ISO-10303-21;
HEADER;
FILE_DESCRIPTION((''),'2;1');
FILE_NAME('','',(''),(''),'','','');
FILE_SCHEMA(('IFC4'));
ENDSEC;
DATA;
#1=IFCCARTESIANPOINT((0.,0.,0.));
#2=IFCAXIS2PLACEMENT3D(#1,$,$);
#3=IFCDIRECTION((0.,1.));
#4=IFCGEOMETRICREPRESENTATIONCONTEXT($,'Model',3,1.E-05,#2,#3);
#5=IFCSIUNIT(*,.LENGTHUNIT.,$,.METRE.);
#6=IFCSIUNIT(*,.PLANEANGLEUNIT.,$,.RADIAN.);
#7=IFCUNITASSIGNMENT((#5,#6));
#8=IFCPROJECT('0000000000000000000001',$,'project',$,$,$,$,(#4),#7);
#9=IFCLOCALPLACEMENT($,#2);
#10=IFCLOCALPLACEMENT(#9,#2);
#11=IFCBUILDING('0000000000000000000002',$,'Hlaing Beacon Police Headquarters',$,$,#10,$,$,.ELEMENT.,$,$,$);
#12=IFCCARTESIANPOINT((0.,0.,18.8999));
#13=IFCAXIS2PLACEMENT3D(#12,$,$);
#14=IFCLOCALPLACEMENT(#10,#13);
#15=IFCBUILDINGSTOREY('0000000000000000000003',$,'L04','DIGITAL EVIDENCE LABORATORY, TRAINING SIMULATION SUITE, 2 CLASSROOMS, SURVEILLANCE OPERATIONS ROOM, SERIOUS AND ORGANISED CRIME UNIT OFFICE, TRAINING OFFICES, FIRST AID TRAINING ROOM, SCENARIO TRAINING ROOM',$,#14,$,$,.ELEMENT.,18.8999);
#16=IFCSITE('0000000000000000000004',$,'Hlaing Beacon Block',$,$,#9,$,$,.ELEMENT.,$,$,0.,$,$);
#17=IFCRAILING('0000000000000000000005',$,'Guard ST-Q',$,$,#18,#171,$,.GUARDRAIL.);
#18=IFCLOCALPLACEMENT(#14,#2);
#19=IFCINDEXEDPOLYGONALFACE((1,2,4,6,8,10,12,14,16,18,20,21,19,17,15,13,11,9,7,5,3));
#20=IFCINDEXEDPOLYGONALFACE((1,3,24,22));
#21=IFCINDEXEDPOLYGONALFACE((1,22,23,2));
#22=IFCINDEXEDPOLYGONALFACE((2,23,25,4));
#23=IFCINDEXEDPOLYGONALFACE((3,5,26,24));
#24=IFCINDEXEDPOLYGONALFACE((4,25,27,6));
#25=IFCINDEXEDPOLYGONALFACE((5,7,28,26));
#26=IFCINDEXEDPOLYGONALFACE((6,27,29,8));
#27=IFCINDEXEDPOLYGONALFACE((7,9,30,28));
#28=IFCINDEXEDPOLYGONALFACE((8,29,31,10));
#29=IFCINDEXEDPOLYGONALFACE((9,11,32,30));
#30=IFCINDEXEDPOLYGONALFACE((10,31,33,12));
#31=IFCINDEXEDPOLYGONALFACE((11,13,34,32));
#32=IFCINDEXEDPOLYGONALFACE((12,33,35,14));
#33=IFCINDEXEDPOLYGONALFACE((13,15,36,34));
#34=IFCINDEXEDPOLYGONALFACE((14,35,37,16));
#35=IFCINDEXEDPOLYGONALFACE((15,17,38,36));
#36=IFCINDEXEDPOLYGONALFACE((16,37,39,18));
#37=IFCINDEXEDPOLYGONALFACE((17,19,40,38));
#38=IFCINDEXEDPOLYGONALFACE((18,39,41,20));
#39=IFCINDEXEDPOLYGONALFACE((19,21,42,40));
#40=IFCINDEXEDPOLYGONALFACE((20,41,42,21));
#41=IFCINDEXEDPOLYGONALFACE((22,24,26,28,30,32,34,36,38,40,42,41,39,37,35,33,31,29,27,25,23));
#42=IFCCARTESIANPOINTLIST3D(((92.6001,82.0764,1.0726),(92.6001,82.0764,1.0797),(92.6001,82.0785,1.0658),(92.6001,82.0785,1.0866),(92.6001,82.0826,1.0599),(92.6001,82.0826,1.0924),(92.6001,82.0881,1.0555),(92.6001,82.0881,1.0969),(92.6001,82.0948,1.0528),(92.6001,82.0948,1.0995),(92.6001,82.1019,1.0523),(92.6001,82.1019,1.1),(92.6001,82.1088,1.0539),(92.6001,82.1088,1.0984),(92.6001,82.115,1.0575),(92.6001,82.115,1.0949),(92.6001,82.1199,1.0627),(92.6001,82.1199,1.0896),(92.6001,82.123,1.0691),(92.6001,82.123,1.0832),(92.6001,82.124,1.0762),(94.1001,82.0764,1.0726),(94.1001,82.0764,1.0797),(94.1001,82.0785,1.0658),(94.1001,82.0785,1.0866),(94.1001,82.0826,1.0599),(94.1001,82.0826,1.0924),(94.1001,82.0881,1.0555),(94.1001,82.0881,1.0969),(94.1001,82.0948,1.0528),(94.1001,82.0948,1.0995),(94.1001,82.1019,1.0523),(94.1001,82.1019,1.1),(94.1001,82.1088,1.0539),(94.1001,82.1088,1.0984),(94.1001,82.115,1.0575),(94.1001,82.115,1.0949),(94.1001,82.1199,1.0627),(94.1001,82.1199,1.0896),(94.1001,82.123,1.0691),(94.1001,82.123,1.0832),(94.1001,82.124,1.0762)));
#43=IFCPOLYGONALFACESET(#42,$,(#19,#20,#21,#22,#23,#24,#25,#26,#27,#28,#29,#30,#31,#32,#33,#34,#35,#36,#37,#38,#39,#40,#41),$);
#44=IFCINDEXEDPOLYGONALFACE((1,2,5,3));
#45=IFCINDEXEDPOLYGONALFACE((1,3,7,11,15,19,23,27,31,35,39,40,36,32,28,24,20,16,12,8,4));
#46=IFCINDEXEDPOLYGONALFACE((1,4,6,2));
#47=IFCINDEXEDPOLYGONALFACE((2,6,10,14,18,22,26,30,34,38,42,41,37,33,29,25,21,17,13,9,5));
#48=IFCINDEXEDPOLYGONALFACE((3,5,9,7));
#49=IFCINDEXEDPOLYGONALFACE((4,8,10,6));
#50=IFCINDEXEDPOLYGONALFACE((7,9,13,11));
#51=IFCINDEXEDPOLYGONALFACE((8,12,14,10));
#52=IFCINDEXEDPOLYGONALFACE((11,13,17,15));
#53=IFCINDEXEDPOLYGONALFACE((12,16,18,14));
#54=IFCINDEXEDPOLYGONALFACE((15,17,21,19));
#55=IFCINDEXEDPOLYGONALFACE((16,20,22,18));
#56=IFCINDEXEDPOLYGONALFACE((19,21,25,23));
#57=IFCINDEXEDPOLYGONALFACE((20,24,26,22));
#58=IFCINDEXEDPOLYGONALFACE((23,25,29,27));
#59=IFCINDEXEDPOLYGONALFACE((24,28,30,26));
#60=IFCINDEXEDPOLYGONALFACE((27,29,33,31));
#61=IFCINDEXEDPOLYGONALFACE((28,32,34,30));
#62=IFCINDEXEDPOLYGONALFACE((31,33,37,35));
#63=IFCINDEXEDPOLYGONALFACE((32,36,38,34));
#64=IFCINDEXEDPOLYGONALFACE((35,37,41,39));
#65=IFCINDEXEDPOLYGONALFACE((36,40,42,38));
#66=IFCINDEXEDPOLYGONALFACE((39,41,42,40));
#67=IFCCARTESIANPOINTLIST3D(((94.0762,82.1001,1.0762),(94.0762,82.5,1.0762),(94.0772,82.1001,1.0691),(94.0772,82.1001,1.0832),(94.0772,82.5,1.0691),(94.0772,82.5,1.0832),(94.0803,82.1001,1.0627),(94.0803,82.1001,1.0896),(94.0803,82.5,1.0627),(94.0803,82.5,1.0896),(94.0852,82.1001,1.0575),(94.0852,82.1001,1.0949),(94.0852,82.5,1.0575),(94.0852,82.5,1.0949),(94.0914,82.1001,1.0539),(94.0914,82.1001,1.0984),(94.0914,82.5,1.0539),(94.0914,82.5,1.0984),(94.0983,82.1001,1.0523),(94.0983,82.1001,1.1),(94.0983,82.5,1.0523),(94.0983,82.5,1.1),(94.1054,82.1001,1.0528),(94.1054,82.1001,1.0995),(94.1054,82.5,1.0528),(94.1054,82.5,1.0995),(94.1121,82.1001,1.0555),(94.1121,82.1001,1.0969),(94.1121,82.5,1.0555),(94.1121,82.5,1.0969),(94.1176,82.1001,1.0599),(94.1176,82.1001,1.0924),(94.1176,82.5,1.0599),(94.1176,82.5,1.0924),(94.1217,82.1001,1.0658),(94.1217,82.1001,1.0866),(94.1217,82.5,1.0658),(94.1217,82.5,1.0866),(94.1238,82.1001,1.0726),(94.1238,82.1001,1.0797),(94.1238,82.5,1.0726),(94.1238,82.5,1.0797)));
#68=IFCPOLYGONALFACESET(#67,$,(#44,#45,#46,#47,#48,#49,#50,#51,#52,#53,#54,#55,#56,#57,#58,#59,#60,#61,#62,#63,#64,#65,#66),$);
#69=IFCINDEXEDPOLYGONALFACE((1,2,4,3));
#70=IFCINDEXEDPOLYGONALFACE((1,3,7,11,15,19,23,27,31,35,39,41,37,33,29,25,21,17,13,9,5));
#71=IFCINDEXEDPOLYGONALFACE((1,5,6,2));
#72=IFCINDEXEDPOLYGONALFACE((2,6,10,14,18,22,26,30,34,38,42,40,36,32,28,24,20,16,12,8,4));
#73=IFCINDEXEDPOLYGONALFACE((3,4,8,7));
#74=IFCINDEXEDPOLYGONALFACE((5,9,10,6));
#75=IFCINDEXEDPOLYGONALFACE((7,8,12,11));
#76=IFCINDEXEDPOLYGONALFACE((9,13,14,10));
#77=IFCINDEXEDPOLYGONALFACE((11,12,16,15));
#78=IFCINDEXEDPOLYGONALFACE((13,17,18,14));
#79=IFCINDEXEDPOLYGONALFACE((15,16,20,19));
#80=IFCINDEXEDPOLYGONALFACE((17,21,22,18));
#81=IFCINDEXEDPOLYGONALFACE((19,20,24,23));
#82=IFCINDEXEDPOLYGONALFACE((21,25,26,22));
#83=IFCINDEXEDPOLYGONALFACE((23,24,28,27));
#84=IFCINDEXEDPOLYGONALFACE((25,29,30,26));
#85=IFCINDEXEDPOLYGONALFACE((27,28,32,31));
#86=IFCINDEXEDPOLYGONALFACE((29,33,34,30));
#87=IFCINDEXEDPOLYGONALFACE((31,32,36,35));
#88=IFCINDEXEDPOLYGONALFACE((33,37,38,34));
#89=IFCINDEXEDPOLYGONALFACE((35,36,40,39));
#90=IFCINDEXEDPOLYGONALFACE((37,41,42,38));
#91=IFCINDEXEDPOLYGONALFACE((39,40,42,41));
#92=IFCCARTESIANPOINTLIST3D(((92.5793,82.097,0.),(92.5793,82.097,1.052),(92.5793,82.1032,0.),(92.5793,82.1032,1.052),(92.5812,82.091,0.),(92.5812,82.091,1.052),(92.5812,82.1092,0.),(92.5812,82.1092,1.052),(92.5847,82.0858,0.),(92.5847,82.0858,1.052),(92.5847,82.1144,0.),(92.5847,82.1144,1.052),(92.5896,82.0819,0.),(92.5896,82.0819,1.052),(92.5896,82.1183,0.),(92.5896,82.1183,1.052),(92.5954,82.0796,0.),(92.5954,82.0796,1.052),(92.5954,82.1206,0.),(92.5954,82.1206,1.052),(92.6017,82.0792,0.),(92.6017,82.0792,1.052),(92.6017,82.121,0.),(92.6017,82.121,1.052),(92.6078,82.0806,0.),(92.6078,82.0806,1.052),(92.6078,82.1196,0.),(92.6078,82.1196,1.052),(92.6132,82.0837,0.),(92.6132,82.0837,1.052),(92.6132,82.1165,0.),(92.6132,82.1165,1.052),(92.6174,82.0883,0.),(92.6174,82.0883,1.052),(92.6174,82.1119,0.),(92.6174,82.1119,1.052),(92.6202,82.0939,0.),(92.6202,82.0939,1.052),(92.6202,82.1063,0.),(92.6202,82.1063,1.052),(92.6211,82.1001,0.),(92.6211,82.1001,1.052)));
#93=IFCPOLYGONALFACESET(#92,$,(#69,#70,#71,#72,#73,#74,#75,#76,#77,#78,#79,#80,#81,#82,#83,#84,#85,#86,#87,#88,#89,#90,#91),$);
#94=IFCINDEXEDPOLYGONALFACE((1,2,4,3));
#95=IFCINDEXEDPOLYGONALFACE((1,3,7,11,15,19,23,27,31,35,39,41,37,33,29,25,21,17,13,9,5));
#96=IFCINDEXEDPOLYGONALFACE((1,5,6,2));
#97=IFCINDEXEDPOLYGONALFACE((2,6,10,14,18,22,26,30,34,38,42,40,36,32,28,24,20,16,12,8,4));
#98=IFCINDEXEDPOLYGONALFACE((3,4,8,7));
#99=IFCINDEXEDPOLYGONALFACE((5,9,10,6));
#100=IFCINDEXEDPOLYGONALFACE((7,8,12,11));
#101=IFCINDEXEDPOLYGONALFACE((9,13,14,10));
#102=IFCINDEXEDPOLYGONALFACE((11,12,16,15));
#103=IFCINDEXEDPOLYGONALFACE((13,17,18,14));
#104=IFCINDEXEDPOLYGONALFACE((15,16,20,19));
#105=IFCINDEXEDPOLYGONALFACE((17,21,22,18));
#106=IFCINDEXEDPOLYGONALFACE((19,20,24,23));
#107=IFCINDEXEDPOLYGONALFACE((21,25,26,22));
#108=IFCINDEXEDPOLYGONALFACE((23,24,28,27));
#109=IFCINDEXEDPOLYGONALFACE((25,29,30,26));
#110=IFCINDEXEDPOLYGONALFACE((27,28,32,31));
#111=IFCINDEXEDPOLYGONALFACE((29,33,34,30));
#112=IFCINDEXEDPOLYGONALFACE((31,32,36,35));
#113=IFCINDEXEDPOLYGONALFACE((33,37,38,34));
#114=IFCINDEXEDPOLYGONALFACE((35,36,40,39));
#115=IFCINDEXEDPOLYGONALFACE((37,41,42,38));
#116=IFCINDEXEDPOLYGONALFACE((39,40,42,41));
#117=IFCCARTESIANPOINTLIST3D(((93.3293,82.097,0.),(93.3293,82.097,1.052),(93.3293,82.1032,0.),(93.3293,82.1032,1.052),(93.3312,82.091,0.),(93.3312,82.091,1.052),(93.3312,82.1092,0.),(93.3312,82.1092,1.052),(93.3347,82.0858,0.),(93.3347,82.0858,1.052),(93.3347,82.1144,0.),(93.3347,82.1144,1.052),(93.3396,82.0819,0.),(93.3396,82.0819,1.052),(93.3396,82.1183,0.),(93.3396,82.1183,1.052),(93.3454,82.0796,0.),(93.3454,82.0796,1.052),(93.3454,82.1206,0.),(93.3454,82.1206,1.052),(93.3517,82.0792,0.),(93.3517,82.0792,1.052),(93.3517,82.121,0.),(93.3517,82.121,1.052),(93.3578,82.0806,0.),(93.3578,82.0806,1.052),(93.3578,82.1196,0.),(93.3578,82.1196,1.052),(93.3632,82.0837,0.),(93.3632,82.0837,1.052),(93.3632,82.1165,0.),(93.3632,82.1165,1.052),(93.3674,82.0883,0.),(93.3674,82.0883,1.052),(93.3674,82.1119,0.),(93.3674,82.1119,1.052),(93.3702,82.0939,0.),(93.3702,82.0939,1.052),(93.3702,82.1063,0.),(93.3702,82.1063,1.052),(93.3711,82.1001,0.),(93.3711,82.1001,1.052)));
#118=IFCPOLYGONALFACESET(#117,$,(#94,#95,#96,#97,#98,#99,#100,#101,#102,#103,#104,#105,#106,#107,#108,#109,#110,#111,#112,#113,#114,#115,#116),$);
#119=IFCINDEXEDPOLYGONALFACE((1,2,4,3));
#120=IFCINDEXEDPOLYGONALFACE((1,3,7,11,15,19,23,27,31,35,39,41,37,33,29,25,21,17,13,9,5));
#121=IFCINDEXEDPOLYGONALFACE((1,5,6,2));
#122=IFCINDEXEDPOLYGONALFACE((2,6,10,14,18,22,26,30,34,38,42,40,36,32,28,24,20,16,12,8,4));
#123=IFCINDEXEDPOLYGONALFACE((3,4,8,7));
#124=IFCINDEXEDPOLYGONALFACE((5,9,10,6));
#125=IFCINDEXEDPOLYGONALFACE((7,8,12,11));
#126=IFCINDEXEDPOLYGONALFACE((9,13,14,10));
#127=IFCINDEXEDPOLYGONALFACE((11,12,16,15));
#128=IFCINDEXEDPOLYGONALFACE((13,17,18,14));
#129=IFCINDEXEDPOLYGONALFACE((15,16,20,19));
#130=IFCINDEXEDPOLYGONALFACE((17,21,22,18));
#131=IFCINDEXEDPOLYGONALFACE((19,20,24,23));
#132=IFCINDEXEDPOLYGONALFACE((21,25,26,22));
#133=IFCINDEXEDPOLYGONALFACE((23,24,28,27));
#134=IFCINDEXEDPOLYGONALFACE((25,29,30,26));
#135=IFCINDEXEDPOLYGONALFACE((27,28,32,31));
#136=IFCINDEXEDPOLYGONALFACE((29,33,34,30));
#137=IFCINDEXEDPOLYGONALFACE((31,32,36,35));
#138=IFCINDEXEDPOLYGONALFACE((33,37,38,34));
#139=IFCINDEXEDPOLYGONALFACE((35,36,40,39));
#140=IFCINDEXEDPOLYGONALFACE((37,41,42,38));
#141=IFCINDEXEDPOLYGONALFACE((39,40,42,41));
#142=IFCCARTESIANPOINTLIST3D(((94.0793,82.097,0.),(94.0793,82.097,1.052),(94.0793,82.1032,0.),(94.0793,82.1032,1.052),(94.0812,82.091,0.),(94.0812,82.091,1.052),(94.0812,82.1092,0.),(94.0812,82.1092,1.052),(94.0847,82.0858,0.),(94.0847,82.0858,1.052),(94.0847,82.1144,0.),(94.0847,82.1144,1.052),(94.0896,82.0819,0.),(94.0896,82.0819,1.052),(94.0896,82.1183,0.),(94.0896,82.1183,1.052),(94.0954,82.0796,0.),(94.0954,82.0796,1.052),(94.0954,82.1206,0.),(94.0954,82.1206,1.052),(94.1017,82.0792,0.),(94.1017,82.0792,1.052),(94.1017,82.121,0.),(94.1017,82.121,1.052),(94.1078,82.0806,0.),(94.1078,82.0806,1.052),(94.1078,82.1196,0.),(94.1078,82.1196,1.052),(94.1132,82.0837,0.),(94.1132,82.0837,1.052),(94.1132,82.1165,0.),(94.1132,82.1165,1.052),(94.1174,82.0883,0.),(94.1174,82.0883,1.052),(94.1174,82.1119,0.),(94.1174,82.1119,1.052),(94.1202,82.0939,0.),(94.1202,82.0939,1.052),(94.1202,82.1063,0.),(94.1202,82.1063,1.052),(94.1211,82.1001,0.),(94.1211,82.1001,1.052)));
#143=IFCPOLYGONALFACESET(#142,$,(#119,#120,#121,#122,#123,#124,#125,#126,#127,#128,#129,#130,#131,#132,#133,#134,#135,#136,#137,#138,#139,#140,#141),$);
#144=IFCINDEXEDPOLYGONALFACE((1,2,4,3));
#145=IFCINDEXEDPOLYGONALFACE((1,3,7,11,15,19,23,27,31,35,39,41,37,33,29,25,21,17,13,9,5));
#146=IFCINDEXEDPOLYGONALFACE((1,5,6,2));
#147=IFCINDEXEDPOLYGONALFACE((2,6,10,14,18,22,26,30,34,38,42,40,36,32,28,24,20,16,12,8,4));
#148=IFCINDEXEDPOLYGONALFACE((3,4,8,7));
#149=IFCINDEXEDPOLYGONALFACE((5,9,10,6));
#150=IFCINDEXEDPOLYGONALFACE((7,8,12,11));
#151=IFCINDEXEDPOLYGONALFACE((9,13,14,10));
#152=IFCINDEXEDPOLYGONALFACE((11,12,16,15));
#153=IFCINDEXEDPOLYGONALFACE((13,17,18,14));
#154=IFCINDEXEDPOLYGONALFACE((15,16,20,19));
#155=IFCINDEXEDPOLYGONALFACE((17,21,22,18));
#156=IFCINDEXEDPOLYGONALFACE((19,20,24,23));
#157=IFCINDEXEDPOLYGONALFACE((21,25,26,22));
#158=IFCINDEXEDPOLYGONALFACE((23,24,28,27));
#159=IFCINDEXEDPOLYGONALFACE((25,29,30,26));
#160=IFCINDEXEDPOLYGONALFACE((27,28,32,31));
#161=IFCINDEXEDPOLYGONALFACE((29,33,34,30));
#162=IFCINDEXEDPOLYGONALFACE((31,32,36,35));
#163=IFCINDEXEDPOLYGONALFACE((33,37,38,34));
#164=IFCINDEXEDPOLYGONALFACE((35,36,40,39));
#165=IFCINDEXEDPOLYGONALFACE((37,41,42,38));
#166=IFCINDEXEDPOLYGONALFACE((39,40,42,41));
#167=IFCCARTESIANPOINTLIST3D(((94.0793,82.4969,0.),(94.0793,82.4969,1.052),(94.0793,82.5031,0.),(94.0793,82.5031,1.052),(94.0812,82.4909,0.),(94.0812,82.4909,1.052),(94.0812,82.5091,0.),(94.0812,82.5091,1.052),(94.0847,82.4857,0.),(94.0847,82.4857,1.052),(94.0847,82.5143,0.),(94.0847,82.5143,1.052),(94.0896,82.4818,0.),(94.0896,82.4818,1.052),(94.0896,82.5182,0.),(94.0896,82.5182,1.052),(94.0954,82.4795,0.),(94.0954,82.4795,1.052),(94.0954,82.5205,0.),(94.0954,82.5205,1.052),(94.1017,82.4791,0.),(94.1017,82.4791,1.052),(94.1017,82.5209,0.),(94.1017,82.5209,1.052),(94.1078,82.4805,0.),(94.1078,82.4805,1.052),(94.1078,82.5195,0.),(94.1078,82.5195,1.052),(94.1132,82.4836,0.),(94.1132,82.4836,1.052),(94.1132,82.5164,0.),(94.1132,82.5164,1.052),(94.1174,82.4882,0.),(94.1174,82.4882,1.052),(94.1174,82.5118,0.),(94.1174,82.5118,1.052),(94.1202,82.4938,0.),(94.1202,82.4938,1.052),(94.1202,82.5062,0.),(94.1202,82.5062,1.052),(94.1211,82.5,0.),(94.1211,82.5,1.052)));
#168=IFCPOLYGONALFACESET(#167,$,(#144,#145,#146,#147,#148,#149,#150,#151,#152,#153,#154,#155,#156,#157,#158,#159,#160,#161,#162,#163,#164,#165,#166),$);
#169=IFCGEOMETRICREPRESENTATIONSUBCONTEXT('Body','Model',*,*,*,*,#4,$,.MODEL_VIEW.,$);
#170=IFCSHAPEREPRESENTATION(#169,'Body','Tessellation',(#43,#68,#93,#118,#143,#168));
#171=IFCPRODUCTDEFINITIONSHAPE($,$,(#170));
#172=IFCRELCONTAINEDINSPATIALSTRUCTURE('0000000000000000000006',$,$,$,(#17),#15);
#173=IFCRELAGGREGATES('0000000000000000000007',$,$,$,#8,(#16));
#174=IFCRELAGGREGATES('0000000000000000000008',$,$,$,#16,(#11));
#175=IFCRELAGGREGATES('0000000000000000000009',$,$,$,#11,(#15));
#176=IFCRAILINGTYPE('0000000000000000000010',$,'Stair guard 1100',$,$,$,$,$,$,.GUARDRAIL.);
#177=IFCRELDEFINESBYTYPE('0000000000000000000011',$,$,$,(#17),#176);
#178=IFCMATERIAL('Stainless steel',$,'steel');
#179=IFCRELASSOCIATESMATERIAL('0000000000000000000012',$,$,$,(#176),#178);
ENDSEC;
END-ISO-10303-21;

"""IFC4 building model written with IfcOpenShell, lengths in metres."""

from ifc_helpers import new_model, si_unit, direction, frame, origin, origin_2d, place, context, subcontext, project, spatial, circle, extrude, material, type_object, element, save


model = new_model("IFC4")

# Units and contexts
model_context = context("Model", 3, precision=1e-05, world=origin(), true_north=direction((0.0, 1.0)))
body_context = subcontext(model_context, "Body", "Model", "MODEL_VIEW")
ifc_project = project(units=[si_unit("LENGTHUNIT", "METRE"), si_unit("PLANEANGLEUNIT", "RADIAN")], contexts=[model_context])

# Site, building, storey
site_placement = place(None, origin())
site = spatial("IfcSite", under=ifc_project, at=site_placement, Name="Hlaing Beacon Block", CompositionType="ELEMENT", RefElevation=0.0)
building_placement = place(site_placement, origin())
building = spatial("IfcBuilding", under=site, at=building_placement, Name="Hlaing Beacon Police Headquarters", CompositionType="ELEMENT")
storey_placement = place(building_placement, frame((0.0, 0.0, 18.8999)))
storey = spatial("IfcBuildingStorey", under=building, at=storey_placement, Name="L04", Description="DIGITAL EVIDENCE LABORATORY, TRAINING SIMULATION SUITE, 2 CLASSROOMS, SURVEILLANCE OPERATIONS ROOM, SERIOUS AND ORGANISED CRIME UNIT OFFICE, TRAINING OFFICES, FIRST AID TRAINING ROOM, SCENARIO TRAINING ROOM", CompositionType="ELEMENT", Elevation=18.8999)

# Railing
ifc_material_1 = material(Name="Stainless steel", Category="steel")
railing_type = type_object("IfcRailingType", Name="Stair guard 1100", PredefinedType="GUARDRAIL", material=ifc_material_1)
railing_placement = place(storey_placement, frame((92.6001, 82.1001, 0.0)))
element("IfcRailing", 1, at=railing_placement, inside=storey, type_object=railing_type, Name="Guard ST-Q", PredefinedType="GUARDRAIL", context=body_context, shape_type="SweptSolid", body=[
    extrude(circle(Radius=0.0239, at=origin_2d()), frame((0.0, 0.0, 1.0762), z_axis=(1.0, 0.0, 0.0), x_axis=(0.0, 1.0, 0.0)), (0.0, 0.0, 1.0), 1.5),
    extrude(circle(Radius=0.0239, at=origin_2d()), frame((1.5, 0.0, 1.0762), z_axis=(0.0, 1.0, 0.0), x_axis=(-1.0, 0.0, 0.0)), (0.0, 0.0, 1.0), 0.3999),
    extrude(circle(Radius=0.021, at=origin_2d()), origin(), (0.0, 0.0, 1.0), 1.052),
    extrude(circle(Radius=0.021, at=origin_2d()), frame((0.75, 0.0, 0.0)), (0.0, 0.0, 1.0), 1.052),
    extrude(circle(Radius=0.021, at=origin_2d()), frame((1.5, 0.0, 0.0)), (0.0, 0.0, 1.0), 1.052),
    extrude(circle(Radius=0.021, at=origin_2d()), frame((1.5, 0.3999, 0.0)), (0.0, 0.0, 1.0), 1.052),
])

save(model, "model.ifc")
